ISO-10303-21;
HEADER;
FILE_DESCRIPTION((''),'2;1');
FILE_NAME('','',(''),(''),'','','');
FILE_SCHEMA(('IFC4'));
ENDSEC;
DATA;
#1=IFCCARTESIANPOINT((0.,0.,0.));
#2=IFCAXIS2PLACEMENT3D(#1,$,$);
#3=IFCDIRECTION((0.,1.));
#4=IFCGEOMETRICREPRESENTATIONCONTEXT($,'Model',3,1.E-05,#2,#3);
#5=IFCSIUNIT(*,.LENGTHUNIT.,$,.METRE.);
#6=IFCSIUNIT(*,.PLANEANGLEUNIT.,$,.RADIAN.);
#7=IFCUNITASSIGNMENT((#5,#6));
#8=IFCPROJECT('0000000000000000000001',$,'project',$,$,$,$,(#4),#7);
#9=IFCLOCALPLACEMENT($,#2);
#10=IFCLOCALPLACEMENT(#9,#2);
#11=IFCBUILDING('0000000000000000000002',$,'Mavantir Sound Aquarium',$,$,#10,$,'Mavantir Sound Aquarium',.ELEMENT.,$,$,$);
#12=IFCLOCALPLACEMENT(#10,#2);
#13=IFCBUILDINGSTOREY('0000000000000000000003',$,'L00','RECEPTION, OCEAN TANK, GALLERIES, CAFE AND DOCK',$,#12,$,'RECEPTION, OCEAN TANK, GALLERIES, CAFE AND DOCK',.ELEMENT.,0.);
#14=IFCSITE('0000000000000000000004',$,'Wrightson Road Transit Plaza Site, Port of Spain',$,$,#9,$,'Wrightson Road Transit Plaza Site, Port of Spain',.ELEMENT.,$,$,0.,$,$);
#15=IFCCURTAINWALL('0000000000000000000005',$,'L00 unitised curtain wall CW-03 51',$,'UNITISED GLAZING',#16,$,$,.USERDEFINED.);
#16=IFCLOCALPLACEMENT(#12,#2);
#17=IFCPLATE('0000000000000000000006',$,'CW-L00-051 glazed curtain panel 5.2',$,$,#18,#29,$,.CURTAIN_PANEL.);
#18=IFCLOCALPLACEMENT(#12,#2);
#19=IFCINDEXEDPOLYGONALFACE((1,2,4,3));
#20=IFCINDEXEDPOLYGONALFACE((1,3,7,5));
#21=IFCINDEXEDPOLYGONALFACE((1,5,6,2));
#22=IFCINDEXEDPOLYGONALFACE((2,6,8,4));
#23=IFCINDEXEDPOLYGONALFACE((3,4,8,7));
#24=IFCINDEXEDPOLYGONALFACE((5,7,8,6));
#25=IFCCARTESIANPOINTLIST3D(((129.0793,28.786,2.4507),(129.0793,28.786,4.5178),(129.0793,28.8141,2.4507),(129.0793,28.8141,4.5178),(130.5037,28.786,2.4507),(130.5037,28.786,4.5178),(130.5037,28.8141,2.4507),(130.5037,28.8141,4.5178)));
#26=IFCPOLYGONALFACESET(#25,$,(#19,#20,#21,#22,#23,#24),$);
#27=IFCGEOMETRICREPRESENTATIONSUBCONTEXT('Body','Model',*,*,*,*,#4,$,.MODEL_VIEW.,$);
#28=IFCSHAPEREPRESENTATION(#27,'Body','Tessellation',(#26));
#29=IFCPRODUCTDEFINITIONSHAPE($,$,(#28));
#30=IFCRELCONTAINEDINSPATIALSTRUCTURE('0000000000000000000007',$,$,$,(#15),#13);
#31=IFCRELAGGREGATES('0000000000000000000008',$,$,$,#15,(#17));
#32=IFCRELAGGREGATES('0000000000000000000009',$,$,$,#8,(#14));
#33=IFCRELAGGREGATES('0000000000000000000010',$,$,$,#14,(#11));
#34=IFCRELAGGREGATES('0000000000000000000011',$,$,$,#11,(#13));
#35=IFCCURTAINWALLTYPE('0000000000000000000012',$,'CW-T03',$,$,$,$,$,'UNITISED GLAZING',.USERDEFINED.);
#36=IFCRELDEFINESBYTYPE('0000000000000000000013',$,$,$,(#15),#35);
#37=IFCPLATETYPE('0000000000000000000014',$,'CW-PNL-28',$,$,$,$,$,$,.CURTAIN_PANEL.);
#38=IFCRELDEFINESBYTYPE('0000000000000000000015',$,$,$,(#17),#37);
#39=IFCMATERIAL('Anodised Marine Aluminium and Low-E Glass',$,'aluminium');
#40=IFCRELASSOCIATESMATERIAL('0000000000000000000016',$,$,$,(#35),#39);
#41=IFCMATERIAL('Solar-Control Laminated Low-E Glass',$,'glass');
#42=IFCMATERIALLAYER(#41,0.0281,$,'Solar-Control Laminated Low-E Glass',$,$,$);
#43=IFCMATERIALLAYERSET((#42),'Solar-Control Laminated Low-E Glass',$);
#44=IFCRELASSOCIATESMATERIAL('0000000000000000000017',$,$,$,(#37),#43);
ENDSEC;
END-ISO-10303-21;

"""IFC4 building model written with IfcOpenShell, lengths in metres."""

from ifc_helpers import new_model, si_unit, direction, frame, origin, origin_2d, place, context, subcontext, project, spatial, rectangle, extrude, material, layer, layer_set, type_object, element, aggregate, save


model = new_model("IFC4")

# Units and contexts
model_context = context("Model", 3, precision=1e-05, world=origin(), true_north=direction((0.0, 1.0)))
body_context = subcontext(model_context, "Body", "Model", "MODEL_VIEW")
ifc_project = project(units=[si_unit("LENGTHUNIT", "METRE"), si_unit("PLANEANGLEUNIT", "RADIAN")], contexts=[model_context])

# Site, building, storey
site_placement = place(None, origin())
site = spatial("IfcSite", under=ifc_project, at=site_placement, Name="Wrightson Road Transit Plaza Site, Port of Spain", LongName="Wrightson Road Transit Plaza Site, Port of Spain", CompositionType="ELEMENT", RefElevation=0.0)
building_placement = place(site_placement, origin())
building = spatial("IfcBuilding", under=site, at=building_placement, Name="Mavantir Sound Aquarium", LongName="Mavantir Sound Aquarium", CompositionType="ELEMENT")
storey_placement = place(building_placement, origin())
storey = spatial("IfcBuildingStorey", under=building, at=storey_placement, Name="L00", Description="RECEPTION, OCEAN TANK, GALLERIES, CAFE AND DOCK", LongName="RECEPTION, OCEAN TANK, GALLERIES, CAFE AND DOCK", CompositionType="ELEMENT", Elevation=0.0)

# Curtain wall, plate
ifc_material_1 = material(Name="Anodised Marine Aluminium and Low-E Glass", Category="aluminium")
curtain_wall_type = type_object("IfcCurtainWallType", Name="CW-T03", ElementType="UNITISED GLAZING", PredefinedType="USERDEFINED", material=ifc_material_1)
curtain_wall_placement = place(storey_placement, origin())
curtain_wall = element("IfcCurtainWall", 1, at=curtain_wall_placement, inside=storey, type_object=curtain_wall_type, Name="L00 unitised curtain wall CW-03 51", ObjectType="UNITISED GLAZING", PredefinedType="USERDEFINED")
ifc_material_2 = material(Name="Solar-Control Laminated Low-E Glass", Category="glass")
ifc_layer = layer(ifc_material_2, 0.0281, Name="Solar-Control Laminated Low-E Glass")
ifc_layer_set = layer_set([ifc_layer], Name="Solar-Control Laminated Low-E Glass")
plate_type = type_object("IfcPlateType", Name="CW-PNL-28", PredefinedType="CURTAIN_PANEL", material=ifc_layer_set)
plate_1_placement = place(storey_placement, frame((129.7915, 28.8, 2.4507), z_axis=(0.0, 0.0, 1.0), x_axis=(-1.0, 0.0, 0.0)))
plate_1 = element("IfcPlate", 2, at=plate_1_placement, type_object=plate_type, Name="CW-L00-051 glazed curtain panel 5.2", PredefinedType="CURTAIN_PANEL", context=body_context, shape_type="SweptSolid", body=[
    extrude(rectangle(XDim=1.4243, YDim=0.0281, at=origin_2d()), origin(), (0.0, 0.0, 1.0), 2.0671),
])
aggregate(curtain_wall, [plate_1])

save(model, "model.ifc")
